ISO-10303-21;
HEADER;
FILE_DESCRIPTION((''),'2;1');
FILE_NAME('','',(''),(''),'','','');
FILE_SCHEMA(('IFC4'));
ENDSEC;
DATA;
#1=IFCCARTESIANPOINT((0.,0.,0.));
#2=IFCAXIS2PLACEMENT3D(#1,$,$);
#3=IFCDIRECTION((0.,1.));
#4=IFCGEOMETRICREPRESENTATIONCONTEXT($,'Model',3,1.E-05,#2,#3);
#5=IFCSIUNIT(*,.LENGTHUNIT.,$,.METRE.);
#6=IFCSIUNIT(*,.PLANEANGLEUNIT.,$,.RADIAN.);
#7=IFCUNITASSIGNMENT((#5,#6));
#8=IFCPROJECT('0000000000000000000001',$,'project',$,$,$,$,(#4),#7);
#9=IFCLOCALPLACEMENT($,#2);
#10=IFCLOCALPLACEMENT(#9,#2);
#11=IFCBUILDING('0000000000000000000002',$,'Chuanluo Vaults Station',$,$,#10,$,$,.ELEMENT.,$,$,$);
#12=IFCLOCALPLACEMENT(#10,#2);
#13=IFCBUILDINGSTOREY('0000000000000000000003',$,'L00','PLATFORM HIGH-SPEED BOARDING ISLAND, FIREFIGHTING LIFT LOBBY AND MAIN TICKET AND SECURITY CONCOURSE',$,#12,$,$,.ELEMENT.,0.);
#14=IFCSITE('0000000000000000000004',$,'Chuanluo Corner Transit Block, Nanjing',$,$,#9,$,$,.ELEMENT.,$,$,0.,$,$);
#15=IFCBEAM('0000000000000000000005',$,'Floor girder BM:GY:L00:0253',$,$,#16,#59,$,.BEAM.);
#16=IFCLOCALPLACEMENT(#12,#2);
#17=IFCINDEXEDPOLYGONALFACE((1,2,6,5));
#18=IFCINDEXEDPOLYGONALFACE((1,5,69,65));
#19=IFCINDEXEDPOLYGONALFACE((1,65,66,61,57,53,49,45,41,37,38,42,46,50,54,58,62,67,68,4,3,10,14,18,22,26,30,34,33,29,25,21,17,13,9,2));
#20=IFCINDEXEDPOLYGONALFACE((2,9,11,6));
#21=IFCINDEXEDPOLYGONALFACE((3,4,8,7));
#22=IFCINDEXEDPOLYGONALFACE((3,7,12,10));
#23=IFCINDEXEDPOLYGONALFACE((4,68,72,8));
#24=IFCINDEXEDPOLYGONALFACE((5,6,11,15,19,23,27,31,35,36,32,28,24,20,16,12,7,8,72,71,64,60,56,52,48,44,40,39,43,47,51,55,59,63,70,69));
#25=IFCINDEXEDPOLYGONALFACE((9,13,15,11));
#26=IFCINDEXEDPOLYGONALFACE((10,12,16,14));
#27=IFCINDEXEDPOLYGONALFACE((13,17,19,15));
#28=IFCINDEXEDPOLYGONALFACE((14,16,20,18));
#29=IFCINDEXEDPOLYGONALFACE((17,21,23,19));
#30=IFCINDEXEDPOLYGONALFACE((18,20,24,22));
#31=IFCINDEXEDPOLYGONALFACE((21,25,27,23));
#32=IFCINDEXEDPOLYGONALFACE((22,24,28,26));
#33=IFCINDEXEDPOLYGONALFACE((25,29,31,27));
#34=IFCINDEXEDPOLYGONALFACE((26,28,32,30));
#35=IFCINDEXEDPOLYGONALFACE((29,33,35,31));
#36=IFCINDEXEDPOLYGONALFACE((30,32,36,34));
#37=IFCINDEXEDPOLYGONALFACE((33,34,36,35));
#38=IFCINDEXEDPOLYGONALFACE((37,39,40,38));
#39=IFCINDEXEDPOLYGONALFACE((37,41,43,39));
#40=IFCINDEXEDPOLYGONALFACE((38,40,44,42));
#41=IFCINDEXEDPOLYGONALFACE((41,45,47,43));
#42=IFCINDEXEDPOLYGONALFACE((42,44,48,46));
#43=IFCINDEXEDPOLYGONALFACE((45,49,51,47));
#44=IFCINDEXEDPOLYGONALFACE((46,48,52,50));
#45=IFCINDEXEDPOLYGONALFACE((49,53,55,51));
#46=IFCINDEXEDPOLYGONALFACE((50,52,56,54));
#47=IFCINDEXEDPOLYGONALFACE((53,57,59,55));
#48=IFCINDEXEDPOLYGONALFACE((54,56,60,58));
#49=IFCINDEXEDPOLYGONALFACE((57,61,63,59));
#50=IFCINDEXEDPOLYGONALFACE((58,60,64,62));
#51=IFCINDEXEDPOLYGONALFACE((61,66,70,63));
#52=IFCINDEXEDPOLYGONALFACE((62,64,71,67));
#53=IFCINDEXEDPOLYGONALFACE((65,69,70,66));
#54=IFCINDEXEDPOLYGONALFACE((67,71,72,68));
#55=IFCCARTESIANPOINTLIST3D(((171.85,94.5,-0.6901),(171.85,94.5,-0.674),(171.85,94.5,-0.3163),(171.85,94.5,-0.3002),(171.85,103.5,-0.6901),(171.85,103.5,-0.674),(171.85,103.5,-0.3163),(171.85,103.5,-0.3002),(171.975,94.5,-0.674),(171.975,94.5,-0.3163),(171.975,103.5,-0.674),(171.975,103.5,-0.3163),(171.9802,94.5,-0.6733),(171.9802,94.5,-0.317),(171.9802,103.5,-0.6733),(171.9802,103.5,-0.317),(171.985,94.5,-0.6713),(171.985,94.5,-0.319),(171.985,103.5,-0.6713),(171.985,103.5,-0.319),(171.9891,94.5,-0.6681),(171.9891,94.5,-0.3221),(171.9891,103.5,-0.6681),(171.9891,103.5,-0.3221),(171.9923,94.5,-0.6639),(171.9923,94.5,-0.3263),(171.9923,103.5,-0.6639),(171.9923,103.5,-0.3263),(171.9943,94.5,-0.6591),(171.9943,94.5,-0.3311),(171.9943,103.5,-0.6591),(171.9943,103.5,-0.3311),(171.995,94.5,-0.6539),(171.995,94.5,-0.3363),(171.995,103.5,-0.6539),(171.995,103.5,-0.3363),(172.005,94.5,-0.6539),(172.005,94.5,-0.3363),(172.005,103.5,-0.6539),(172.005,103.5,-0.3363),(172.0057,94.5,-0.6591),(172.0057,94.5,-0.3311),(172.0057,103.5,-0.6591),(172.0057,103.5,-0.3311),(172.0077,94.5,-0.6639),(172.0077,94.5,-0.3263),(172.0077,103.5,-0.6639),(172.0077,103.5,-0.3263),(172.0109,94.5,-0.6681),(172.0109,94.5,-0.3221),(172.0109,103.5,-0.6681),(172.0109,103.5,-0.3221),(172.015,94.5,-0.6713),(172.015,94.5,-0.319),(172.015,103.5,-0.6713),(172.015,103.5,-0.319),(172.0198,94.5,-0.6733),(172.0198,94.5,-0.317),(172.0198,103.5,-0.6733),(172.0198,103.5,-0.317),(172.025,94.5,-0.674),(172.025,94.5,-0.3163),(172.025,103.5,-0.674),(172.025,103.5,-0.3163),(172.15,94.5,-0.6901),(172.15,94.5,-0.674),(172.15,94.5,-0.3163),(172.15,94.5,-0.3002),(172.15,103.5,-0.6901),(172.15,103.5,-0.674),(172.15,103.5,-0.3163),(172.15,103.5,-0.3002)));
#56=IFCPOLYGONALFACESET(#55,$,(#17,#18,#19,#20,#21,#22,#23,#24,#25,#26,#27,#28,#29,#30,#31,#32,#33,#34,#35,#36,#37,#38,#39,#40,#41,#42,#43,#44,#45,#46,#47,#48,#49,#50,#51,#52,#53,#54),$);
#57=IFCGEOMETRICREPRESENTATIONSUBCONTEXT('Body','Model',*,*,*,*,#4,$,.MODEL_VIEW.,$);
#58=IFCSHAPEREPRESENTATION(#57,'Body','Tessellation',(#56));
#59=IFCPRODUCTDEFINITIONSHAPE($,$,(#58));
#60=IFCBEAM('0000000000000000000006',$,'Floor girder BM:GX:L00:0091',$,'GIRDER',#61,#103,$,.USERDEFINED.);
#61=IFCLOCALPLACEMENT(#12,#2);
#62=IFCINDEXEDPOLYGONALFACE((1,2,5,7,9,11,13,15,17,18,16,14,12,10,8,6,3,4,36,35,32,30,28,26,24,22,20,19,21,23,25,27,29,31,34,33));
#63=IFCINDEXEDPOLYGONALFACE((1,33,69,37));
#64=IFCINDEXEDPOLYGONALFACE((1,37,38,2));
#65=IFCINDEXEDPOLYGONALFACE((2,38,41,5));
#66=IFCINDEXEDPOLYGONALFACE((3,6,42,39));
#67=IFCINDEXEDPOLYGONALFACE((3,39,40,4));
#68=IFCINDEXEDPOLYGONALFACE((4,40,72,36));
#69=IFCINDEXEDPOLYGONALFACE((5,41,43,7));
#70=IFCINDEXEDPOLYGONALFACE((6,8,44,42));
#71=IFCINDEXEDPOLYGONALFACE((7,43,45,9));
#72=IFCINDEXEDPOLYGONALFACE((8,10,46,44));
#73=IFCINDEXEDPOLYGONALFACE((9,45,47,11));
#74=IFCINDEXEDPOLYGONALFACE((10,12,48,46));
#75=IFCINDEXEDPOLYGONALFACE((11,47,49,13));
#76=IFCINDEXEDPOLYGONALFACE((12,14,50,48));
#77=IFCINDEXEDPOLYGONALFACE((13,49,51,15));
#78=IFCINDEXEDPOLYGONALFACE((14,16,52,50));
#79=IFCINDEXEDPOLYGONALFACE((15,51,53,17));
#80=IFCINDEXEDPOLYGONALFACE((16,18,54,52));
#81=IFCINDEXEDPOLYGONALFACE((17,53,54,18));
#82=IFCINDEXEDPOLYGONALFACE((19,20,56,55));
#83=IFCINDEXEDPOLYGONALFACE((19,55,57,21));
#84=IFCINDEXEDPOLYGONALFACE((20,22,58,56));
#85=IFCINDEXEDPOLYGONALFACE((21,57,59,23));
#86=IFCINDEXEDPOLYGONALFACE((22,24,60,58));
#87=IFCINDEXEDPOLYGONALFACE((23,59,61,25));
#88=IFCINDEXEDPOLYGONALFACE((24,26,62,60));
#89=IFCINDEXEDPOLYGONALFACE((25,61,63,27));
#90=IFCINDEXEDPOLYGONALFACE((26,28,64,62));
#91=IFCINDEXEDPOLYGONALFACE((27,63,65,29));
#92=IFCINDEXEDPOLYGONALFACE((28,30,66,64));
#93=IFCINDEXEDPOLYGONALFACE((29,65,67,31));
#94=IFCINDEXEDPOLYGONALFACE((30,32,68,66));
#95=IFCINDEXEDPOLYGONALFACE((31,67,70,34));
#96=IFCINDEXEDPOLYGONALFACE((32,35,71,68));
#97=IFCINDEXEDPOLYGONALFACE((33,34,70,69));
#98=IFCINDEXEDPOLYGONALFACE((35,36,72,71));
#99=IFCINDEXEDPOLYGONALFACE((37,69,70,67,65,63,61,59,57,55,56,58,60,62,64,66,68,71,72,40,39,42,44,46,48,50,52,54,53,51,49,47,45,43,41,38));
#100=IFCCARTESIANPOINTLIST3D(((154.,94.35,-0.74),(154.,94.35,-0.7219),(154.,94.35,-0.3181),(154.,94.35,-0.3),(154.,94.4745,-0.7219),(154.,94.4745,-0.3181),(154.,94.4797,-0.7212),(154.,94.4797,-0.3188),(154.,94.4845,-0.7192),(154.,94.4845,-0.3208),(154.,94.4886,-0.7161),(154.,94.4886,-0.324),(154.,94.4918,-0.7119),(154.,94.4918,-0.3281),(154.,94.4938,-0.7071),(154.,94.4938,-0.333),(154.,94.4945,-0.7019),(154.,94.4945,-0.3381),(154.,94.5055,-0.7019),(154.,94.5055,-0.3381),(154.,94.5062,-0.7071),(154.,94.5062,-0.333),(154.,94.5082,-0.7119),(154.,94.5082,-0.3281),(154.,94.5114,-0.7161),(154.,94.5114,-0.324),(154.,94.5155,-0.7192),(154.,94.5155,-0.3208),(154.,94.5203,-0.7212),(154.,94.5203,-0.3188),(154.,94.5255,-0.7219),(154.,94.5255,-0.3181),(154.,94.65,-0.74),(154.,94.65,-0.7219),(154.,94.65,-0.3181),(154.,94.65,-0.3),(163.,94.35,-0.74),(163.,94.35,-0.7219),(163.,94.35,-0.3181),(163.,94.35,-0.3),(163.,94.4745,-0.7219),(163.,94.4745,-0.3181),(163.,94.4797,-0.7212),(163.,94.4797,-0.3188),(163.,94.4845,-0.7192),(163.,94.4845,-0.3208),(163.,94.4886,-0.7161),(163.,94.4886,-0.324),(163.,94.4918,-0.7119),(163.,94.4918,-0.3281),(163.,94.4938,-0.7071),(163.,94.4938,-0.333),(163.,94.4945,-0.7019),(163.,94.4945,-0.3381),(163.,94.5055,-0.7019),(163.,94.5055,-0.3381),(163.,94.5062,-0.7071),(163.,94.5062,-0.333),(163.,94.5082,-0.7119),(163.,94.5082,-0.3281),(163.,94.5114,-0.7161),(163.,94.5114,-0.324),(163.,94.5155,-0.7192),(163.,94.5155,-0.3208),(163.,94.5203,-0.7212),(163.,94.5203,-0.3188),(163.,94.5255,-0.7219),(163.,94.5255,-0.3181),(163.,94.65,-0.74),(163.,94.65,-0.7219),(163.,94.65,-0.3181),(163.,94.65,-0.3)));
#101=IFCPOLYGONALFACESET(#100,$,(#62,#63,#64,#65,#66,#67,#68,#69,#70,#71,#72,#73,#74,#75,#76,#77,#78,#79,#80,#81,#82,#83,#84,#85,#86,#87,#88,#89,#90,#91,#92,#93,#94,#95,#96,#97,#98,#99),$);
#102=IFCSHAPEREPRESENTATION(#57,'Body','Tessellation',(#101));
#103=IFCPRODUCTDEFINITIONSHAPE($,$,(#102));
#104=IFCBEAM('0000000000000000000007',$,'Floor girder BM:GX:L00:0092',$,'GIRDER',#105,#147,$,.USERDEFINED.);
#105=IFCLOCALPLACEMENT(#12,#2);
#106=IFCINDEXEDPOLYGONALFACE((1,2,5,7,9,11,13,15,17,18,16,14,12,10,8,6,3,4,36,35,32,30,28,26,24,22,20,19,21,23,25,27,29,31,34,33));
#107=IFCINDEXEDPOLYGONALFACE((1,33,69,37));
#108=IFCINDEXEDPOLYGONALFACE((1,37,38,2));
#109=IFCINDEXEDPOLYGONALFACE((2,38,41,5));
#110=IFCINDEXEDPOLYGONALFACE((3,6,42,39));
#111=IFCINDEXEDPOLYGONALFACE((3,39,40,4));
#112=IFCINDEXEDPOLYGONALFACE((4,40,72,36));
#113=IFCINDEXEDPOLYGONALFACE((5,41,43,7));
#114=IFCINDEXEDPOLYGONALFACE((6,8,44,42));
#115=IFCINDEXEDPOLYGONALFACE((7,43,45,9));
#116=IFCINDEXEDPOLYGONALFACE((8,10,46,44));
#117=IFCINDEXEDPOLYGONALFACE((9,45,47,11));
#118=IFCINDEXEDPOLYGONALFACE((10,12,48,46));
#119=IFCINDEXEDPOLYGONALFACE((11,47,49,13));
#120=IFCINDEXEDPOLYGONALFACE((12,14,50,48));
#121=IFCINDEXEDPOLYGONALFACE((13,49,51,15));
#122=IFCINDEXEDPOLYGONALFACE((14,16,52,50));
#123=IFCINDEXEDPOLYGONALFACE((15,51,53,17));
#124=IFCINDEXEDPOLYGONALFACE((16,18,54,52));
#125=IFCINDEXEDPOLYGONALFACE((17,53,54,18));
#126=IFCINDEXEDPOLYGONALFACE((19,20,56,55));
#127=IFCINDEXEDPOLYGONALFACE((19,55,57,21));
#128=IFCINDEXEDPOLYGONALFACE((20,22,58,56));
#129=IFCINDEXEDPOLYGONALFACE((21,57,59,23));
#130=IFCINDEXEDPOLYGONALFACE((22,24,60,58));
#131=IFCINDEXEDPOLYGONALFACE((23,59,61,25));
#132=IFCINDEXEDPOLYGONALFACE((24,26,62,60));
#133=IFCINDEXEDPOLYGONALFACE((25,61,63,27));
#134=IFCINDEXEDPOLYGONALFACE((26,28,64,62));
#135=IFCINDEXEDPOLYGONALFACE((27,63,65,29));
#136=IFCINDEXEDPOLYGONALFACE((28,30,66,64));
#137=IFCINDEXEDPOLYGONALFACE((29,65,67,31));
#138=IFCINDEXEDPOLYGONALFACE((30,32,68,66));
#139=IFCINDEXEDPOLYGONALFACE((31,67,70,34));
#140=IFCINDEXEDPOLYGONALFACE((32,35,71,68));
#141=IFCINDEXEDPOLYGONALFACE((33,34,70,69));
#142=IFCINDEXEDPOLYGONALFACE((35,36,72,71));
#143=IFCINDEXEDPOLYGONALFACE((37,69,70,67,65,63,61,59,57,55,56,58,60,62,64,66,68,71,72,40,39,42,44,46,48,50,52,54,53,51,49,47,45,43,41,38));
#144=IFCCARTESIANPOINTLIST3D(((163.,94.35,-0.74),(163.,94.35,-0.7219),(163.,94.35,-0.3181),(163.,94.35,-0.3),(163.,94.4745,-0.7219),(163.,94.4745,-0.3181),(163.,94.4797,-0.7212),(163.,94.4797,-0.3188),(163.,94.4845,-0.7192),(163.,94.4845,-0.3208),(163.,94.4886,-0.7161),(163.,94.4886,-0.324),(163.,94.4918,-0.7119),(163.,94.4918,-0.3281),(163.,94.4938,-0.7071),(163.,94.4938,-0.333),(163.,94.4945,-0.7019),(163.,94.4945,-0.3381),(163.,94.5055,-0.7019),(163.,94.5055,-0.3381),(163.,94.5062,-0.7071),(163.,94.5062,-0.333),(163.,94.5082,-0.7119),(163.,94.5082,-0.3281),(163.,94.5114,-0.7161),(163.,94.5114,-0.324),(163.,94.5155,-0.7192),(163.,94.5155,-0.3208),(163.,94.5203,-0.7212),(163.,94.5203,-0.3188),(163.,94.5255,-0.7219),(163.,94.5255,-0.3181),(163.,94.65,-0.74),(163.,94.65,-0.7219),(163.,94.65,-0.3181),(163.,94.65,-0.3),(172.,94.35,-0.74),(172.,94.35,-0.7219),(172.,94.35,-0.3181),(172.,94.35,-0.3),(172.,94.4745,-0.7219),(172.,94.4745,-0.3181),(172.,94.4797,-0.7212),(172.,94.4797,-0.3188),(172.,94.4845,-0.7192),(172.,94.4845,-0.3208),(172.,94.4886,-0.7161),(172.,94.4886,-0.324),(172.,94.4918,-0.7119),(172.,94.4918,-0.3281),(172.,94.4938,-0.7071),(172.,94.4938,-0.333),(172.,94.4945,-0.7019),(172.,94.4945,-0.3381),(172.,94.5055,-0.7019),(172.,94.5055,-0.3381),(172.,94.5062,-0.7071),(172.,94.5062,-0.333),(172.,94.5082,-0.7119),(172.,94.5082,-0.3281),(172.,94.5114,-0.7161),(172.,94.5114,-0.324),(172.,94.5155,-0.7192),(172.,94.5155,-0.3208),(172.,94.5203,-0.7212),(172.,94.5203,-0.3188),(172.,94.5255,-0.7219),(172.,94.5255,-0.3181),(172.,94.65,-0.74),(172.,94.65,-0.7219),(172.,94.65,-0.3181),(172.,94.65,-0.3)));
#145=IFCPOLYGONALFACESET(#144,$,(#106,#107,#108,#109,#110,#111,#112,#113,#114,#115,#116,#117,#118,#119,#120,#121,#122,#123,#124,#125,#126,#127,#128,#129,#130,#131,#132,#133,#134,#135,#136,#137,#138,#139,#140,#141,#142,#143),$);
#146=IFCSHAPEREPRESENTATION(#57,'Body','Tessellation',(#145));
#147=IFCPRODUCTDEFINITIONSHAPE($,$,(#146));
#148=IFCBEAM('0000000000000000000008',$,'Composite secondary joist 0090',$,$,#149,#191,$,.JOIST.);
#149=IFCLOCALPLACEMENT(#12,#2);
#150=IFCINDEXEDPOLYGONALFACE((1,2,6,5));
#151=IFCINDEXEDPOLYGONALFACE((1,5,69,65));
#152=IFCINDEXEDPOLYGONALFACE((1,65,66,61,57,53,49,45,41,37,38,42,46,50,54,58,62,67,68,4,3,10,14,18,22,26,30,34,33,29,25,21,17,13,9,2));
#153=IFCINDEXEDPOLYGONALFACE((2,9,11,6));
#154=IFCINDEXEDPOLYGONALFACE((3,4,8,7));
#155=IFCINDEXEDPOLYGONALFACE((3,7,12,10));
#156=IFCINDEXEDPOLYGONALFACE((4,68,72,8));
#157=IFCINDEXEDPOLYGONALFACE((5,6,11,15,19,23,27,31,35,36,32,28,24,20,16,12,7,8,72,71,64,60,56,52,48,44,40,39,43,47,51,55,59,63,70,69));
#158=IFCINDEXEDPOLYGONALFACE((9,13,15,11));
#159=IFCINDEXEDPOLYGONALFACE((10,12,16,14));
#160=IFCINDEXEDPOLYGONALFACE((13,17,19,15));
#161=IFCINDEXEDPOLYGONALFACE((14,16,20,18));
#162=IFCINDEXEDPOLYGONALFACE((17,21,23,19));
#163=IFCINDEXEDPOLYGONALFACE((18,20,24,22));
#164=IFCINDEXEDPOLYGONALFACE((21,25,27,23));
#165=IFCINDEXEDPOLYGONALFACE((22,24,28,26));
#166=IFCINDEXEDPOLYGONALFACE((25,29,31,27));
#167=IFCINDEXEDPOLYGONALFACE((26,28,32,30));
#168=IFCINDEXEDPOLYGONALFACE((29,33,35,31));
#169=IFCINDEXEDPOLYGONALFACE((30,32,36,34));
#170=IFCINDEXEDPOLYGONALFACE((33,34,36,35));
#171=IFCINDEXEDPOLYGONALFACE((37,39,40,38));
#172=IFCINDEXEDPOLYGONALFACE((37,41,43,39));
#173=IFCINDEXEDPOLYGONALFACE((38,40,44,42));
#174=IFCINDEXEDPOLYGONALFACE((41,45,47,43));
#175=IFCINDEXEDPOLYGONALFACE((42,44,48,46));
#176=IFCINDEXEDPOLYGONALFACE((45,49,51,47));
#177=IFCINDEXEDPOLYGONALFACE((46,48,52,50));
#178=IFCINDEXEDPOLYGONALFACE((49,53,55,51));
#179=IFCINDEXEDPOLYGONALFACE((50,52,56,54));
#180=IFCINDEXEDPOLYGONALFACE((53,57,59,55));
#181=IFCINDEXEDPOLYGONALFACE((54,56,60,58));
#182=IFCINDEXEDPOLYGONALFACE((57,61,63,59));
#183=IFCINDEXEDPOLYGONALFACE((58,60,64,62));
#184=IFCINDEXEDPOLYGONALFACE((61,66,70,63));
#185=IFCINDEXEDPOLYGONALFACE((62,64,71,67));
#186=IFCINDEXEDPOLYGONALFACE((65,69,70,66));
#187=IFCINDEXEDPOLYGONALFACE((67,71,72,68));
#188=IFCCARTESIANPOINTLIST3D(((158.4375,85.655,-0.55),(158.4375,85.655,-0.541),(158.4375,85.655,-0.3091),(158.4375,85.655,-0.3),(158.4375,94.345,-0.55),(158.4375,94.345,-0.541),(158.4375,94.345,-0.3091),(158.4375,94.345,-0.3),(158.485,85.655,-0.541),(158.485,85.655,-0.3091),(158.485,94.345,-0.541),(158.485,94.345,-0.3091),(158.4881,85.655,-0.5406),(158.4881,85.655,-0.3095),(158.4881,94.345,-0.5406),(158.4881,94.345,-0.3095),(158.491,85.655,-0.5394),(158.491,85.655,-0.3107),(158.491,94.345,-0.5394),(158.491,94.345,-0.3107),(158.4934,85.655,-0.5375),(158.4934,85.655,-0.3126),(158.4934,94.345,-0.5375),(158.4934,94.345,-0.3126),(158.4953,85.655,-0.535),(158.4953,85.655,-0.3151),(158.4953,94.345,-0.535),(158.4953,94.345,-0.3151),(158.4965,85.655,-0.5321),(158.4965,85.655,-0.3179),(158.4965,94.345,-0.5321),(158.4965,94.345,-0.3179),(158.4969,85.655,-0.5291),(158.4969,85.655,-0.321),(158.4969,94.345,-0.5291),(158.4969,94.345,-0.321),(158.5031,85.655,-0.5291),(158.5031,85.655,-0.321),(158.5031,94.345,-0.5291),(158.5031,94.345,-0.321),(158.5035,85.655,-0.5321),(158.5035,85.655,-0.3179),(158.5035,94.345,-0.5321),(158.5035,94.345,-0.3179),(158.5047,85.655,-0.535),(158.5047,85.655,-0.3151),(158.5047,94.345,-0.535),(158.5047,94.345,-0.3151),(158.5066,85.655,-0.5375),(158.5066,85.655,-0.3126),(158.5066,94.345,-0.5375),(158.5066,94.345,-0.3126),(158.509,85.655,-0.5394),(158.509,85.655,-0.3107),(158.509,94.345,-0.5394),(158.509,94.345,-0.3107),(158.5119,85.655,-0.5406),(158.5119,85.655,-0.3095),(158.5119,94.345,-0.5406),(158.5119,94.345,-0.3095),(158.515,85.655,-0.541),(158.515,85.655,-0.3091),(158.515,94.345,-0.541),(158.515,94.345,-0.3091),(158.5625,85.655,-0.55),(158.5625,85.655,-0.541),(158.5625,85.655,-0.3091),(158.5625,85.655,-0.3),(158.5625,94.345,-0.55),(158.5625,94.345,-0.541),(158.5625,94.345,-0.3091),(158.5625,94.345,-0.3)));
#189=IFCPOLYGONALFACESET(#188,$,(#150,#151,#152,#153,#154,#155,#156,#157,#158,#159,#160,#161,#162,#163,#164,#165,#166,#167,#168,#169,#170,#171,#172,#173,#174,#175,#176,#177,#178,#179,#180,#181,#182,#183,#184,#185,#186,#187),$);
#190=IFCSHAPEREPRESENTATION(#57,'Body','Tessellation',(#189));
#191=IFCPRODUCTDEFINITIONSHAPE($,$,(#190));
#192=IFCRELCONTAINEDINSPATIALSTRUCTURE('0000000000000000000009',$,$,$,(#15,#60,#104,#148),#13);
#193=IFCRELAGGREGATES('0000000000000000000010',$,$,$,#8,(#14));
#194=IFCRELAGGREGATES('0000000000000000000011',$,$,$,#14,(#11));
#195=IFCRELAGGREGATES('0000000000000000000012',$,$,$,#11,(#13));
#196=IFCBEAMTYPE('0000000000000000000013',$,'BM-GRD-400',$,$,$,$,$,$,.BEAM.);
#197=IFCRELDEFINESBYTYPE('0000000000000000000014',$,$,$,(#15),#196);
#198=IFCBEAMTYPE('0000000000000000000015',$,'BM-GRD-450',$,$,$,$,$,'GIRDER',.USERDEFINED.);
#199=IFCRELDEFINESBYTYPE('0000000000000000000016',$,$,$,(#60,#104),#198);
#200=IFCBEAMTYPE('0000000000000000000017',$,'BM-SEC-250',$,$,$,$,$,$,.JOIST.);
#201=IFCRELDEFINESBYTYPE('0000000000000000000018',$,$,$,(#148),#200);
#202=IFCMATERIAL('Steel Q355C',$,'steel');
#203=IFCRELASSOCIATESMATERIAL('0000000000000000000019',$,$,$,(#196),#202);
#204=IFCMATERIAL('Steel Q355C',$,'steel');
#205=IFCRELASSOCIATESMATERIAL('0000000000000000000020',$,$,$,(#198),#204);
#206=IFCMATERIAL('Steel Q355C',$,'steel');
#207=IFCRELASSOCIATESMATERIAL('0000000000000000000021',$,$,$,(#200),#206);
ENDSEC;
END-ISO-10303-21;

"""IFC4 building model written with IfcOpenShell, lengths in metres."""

from ifc_helpers import new_model, si_unit, direction, frame, origin, origin_2d, place, context, subcontext, project, spatial, i_section, extrude, material, material_profile, profile_set, type_object, element, save


model = new_model("IFC4")

# Units and contexts
model_context = context("Model", 3, precision=1e-05, world=origin(), true_north=direction((0.0, 1.0)))
body_context = subcontext(model_context, "Body", "Model", "MODEL_VIEW")
ifc_project = project(units=[si_unit("LENGTHUNIT", "METRE"), si_unit("PLANEANGLEUNIT", "RADIAN")], contexts=[model_context])

# Site, building, storey
site_placement = place(None, origin())
site = spatial("IfcSite", under=ifc_project, at=site_placement, Name="Chuanluo Corner Transit Block, Nanjing", CompositionType="ELEMENT", RefElevation=0.0)
building_placement = place(site_placement, origin())
building = spatial("IfcBuilding", under=site, at=building_placement, Name="Chuanluo Vaults Station", CompositionType="ELEMENT")
storey_placement = place(building_placement, origin())
storey = spatial("IfcBuildingStorey", under=building, at=storey_placement, Name="L00", Description="PLATFORM HIGH-SPEED BOARDING ISLAND, FIREFIGHTING LIFT LOBBY AND MAIN TICKET AND SECURITY CONCOURSE", CompositionType="ELEMENT", Elevation=0.0)

# Beams
ifc_material_1 = material(Name="Steel Q355C", Category="steel")
ifc_material_profile_1 = material_profile(ifc_material_1, i_section(OverallWidth=0.3, OverallDepth=0.3899, WebThickness=0.01, FlangeThickness=0.0161, FilletRadius=0.02, at=origin_2d()))
ifc_profile_set_1 = profile_set([ifc_material_profile_1], Name="Steel Q355C")
beam_type_1 = type_object("IfcBeamType", Name="BM-GRD-400", PredefinedType="BEAM", material=ifc_profile_set_1)
for number, where, z_axis, x_axis, name in (
    (1, (172.0, 94.5, -0.4951), (0.0, 1.0, 0.0), (-1.0, 0.0, 0.0), "Floor girder BM:GY:L00:0253"),
):
    element("IfcBeam", number, at=place(storey_placement, frame(where, z_axis=z_axis, x_axis=x_axis)), inside=storey, type_object=beam_type_1, Name=name, PredefinedType="BEAM", context=body_context, shape_type="SweptSolid", body=[
        extrude(i_section(OverallWidth=0.3, OverallDepth=0.3899, WebThickness=0.01, FlangeThickness=0.0161, FilletRadius=0.02, at=origin_2d()), origin(), (0.0, 0.0, 1.0), 9.0),
    ])
ifc_material_2 = material(Name="Steel Q355C", Category="steel")
ifc_material_profile_2 = material_profile(ifc_material_2, i_section(OverallWidth=0.3, OverallDepth=0.4399, WebThickness=0.011, FlangeThickness=0.0181, FilletRadius=0.02, at=origin_2d()))
ifc_profile_set_2 = profile_set([ifc_material_profile_2], Name="Steel Q355C")
beam_type_2 = type_object("IfcBeamType", Name="BM-GRD-450", ElementType="GIRDER", PredefinedType="USERDEFINED", material=ifc_profile_set_2)
for number, where, z_axis, x_axis, name in (
    (2, (154.0, 94.5, -0.52), (1.0, 0.0, 0.0), (0.0, 1.0, 0.0), "Floor girder BM:GX:L00:0091"),
    (3, (163.0, 94.5, -0.52), (1.0, 0.0, 0.0), (0.0, 1.0, 0.0), "Floor girder BM:GX:L00:0092"),
):
    element("IfcBeam", number, at=place(storey_placement, frame(where, z_axis=z_axis, x_axis=x_axis)), inside=storey, type_object=beam_type_2, Name=name, ObjectType="GIRDER", PredefinedType="USERDEFINED", context=body_context, shape_type="SweptSolid", body=[
        extrude(i_section(OverallWidth=0.3, OverallDepth=0.4399, WebThickness=0.011, FlangeThickness=0.0181, FilletRadius=0.02, at=origin_2d()), origin(), (0.0, 0.0, 1.0), 9.0),
    ])
ifc_material_3 = material(Name="Steel Q355C", Category="steel")
ifc_material_profile_3 = material_profile(ifc_material_3, i_section(OverallWidth=0.125, OverallDepth=0.25, WebThickness=0.0061, FlangeThickness=0.009, FilletRadius=0.012, at=origin_2d()))
ifc_profile_set_3 = profile_set([ifc_material_profile_3], Name="Steel Q355C")
beam_type_3 = type_object("IfcBeamType", Name="BM-SEC-250", PredefinedType="JOIST", material=ifc_profile_set_3)
for number, where, z_axis, x_axis, name in (
    (4, (158.5, 85.655, -0.425), (0.0, 1.0, 0.0), (-1.0, 0.0, 0.0), "Composite secondary joist 0090"),
):
    element("IfcBeam", number, at=place(storey_placement, frame(where, z_axis=z_axis, x_axis=x_axis)), inside=storey, type_object=beam_type_3, Name=name, PredefinedType="JOIST", context=body_context, shape_type="SweptSolid", body=[
        extrude(i_section(OverallWidth=0.125, OverallDepth=0.25, WebThickness=0.0061, FlangeThickness=0.009, FilletRadius=0.012, at=origin_2d()), origin(), (0.0, 0.0, 1.0), 8.6899),
    ])

save(model, "model.ifc")
